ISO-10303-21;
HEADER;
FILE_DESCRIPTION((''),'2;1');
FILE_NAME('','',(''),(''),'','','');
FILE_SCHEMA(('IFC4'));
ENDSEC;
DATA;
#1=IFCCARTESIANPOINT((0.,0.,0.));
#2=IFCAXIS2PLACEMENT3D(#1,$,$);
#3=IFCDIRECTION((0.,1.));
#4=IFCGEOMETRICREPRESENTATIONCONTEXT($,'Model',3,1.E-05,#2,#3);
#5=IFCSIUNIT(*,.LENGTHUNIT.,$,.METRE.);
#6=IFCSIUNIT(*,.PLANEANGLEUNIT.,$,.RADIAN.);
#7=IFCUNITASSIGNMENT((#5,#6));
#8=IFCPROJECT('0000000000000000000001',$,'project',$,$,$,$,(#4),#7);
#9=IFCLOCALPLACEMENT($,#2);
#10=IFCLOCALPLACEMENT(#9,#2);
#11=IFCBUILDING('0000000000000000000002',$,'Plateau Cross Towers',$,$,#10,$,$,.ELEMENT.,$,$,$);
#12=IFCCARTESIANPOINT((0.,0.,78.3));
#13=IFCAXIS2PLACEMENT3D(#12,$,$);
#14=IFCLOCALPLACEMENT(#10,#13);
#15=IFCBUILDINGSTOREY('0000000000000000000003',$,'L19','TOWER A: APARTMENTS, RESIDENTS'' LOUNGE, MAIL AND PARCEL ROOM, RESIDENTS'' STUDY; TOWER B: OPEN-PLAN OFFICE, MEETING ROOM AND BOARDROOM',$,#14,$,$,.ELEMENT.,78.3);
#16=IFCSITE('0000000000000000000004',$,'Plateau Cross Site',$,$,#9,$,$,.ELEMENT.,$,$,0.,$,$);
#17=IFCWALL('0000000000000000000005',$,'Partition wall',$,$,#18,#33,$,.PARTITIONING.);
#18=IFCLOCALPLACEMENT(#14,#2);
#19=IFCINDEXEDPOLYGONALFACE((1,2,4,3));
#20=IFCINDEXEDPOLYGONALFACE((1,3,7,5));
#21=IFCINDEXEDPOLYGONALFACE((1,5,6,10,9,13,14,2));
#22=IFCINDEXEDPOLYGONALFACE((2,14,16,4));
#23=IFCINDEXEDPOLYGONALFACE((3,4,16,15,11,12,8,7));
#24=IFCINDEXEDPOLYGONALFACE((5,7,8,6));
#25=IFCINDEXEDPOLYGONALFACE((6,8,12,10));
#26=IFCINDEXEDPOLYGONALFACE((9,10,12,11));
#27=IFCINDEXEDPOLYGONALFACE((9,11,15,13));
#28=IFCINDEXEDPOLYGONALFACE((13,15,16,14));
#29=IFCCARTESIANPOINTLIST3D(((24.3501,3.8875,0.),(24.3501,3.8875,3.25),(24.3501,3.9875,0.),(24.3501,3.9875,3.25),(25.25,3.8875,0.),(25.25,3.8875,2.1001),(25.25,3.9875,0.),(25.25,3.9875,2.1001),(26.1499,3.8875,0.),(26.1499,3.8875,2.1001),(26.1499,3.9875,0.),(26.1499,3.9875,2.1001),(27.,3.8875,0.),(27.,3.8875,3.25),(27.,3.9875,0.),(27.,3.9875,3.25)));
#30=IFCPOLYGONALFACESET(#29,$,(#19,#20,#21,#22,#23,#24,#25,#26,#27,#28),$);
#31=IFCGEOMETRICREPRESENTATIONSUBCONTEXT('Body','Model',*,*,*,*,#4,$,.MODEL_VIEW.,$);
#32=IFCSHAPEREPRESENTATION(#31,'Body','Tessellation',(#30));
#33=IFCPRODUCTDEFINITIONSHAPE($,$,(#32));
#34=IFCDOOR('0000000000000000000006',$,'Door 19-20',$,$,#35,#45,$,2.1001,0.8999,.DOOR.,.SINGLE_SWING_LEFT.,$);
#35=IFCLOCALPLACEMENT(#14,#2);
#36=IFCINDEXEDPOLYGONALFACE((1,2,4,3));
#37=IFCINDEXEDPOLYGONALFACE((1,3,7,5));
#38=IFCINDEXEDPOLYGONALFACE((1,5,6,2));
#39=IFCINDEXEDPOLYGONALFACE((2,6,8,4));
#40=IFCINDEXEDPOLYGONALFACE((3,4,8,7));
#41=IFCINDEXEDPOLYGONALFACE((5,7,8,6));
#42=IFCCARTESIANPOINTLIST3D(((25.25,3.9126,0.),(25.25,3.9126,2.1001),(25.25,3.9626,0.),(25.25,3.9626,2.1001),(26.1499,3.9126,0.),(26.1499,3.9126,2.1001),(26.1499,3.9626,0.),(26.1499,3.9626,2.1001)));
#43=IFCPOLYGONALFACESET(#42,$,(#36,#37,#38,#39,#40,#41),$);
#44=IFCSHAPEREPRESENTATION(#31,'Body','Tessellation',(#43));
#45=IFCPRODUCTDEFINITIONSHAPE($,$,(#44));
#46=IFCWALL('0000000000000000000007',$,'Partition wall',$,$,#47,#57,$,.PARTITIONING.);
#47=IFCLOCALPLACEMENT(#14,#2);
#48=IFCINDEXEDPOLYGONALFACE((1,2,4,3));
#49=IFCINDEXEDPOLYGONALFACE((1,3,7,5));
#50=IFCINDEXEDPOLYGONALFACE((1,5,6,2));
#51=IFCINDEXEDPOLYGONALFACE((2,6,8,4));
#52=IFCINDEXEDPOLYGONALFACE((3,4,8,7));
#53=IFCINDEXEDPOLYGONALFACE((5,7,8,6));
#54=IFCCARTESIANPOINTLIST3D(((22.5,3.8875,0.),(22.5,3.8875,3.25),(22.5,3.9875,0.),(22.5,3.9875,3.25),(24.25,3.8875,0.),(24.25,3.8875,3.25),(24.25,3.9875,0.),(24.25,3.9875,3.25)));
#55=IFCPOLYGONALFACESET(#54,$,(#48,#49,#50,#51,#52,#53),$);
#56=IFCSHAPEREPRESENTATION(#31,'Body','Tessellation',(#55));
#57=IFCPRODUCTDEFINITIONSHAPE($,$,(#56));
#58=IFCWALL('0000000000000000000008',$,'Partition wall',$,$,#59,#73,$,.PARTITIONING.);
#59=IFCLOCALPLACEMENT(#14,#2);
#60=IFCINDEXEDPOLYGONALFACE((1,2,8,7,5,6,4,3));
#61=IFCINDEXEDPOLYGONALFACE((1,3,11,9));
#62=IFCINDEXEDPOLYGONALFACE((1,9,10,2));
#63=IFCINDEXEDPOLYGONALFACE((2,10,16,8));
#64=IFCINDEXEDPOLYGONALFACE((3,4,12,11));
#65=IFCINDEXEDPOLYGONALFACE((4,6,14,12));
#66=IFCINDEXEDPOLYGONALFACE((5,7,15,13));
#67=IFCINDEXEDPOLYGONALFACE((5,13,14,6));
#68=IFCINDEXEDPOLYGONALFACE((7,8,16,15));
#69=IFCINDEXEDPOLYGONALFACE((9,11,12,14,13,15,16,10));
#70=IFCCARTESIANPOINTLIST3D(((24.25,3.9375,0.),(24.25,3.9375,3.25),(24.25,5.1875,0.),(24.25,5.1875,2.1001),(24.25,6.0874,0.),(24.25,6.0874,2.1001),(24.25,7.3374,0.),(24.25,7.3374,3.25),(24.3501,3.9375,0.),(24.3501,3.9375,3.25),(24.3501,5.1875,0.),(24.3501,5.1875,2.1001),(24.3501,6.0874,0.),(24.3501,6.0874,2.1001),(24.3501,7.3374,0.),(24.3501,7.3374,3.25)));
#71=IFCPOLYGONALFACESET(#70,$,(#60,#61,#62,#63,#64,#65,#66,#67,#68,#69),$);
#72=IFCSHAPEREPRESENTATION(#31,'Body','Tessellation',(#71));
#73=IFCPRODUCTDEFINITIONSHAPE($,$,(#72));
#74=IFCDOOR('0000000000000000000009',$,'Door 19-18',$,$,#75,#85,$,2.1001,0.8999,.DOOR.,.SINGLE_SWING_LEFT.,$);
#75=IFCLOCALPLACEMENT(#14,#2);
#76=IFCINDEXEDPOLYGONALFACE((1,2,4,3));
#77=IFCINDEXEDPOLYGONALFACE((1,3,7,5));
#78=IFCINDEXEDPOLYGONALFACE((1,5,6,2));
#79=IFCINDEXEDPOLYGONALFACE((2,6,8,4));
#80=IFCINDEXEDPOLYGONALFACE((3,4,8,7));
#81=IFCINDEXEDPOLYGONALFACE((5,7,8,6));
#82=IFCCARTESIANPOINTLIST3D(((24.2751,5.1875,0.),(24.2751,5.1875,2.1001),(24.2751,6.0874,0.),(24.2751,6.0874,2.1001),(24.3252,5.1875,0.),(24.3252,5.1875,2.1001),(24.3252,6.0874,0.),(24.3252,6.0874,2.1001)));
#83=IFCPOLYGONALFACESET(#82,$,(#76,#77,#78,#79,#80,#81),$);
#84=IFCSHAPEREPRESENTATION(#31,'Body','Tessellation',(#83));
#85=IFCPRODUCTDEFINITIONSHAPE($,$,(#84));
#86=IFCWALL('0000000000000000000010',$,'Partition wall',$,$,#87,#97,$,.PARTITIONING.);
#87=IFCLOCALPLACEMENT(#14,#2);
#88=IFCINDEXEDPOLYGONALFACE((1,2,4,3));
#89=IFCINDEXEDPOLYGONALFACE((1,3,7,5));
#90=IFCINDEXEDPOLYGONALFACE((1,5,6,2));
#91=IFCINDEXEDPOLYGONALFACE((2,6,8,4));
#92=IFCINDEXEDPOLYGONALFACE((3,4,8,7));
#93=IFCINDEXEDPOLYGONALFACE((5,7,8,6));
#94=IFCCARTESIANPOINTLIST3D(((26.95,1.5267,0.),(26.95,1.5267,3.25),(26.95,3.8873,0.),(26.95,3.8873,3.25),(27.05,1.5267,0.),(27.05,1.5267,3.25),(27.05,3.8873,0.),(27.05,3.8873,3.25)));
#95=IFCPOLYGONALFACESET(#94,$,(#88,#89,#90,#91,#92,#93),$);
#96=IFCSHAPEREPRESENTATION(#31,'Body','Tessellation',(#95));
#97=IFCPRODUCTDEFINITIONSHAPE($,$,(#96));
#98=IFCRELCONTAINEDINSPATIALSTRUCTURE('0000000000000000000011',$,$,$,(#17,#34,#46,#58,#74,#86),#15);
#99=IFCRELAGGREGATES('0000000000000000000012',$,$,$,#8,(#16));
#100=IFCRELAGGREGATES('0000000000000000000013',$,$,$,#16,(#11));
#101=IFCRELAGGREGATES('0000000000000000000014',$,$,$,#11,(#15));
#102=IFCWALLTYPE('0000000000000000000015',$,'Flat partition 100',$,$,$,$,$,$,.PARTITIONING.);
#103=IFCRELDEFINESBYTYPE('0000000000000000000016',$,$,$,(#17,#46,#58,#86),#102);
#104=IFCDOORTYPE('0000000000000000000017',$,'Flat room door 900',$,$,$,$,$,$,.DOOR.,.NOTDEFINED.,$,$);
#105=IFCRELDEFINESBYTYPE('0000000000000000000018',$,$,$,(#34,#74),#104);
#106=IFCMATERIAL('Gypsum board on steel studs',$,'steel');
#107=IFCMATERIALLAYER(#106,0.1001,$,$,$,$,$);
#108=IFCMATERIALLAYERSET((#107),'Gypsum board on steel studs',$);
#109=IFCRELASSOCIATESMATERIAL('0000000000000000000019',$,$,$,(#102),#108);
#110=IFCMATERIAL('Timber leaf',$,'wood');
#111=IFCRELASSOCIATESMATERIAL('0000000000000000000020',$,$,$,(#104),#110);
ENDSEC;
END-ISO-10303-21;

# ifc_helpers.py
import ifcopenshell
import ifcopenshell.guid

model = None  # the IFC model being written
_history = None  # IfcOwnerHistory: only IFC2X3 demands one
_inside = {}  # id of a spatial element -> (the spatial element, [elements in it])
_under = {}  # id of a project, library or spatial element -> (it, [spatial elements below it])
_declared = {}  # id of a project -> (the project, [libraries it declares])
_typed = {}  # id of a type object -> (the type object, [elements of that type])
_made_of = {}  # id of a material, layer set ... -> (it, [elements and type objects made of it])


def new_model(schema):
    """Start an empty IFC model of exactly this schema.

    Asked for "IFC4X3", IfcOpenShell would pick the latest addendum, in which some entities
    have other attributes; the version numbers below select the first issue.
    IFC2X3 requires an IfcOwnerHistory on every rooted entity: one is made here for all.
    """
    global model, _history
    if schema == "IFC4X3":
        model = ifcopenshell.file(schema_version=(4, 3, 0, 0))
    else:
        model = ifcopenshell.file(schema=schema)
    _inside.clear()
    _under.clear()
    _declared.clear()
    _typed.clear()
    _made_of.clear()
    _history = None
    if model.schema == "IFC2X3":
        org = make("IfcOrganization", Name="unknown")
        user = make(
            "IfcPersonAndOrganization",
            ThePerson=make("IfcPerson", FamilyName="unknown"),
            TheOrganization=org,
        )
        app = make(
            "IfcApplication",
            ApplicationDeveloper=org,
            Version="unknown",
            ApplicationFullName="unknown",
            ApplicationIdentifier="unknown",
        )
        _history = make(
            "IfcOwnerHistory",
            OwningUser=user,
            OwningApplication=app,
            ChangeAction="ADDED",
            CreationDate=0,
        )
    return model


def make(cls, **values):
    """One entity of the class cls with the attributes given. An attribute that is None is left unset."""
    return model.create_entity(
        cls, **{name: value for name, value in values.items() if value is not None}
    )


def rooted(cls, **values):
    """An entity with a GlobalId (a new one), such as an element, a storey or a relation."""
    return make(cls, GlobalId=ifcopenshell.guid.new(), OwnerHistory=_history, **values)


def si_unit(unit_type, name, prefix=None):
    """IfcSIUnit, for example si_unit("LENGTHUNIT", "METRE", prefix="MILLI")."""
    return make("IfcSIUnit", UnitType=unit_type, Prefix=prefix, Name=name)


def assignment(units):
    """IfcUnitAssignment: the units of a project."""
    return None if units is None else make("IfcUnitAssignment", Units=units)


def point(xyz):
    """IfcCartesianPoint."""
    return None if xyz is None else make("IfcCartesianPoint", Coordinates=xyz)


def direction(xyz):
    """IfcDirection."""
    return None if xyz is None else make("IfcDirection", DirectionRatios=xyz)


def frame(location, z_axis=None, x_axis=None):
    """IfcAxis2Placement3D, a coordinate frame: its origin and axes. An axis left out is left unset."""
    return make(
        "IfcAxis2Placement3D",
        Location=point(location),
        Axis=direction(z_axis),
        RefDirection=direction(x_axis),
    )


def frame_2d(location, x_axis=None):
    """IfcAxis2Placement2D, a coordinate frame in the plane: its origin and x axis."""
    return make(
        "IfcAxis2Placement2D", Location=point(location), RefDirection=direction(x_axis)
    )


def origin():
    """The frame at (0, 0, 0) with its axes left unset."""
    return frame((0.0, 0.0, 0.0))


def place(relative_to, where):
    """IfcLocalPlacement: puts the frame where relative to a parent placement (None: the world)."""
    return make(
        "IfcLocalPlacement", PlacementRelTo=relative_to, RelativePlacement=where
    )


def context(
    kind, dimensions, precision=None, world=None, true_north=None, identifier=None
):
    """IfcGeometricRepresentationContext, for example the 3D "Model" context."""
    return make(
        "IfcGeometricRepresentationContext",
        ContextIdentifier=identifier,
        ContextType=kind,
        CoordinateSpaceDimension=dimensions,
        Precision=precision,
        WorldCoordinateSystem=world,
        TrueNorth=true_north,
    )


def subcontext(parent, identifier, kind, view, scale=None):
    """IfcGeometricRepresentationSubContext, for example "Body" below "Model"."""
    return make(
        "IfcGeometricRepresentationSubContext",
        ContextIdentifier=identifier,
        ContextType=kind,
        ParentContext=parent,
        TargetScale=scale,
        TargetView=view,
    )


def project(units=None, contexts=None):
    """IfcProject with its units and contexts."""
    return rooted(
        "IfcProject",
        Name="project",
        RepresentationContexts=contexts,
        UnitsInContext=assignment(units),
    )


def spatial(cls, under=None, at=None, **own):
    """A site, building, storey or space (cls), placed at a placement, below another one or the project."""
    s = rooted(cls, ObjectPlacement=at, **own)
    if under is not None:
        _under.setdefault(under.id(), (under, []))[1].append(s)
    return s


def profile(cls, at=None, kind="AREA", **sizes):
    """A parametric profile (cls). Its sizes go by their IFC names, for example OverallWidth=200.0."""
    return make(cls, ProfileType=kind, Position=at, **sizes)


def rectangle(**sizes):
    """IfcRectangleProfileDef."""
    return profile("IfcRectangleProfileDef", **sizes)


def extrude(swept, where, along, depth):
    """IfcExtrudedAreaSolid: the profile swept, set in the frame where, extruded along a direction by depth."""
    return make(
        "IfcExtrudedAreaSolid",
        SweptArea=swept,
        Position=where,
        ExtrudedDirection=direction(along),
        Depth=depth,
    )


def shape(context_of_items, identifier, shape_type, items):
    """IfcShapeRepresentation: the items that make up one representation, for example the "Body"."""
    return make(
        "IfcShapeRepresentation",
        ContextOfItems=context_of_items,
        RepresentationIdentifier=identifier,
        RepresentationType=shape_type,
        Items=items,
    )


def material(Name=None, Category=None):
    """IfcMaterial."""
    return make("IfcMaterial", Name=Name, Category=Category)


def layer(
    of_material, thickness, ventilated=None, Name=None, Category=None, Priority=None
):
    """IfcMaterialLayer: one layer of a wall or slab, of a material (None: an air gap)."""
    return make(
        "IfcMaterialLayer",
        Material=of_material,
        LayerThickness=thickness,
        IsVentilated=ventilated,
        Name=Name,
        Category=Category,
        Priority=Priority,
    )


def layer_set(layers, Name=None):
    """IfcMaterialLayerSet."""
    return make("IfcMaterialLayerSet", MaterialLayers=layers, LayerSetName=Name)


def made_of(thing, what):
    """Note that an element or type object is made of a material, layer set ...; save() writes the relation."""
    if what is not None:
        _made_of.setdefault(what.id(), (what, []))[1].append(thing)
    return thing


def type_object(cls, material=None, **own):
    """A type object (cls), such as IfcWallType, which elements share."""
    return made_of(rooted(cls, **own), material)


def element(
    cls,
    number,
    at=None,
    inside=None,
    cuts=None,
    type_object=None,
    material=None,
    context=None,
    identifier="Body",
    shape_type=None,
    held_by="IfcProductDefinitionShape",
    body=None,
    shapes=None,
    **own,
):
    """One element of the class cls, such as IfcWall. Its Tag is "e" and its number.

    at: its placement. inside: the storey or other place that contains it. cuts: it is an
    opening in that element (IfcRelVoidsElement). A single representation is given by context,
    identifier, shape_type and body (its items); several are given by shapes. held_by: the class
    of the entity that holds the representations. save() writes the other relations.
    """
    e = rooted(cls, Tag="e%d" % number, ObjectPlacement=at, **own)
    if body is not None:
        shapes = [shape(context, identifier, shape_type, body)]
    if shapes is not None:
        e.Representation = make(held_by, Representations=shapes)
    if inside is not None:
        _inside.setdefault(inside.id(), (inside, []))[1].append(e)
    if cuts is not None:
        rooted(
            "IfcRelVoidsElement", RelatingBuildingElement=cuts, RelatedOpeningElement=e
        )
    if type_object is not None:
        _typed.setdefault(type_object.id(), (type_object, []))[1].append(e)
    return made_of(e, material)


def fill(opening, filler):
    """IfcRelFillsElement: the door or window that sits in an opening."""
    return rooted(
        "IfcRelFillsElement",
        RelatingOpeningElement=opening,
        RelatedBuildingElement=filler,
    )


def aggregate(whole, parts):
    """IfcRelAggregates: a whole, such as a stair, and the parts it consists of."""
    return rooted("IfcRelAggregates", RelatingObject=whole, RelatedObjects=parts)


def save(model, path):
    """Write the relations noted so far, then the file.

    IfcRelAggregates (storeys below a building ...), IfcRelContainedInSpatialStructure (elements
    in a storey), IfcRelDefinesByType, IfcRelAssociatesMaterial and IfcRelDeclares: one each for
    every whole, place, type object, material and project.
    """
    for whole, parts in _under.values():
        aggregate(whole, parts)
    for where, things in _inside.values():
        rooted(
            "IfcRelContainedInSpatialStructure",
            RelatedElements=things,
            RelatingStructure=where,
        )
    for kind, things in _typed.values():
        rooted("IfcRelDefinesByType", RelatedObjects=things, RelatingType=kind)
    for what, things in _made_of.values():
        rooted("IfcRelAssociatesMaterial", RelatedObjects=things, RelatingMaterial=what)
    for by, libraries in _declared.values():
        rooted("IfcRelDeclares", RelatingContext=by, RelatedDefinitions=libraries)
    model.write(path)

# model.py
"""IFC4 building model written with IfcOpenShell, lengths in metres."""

from ifc_helpers import new_model, si_unit, direction, frame, frame_2d, origin, place, context, subcontext, project, spatial, rectangle, extrude, material, layer, layer_set, type_object, element, fill, save


model = new_model("IFC4")

# Units and contexts
model_context = context("Model", 3, precision=1e-05, world=origin(), true_north=direction((0.0, 1.0)))
body_context = subcontext(model_context, "Body", "Model", "MODEL_VIEW")
ifc_project = project(units=[si_unit("LENGTHUNIT", "METRE"), si_unit("PLANEANGLEUNIT", "RADIAN")], contexts=[model_context])

# Site, building, storey
site_placement = place(None, origin())
site = spatial("IfcSite", under=ifc_project, at=site_placement, Name="Plateau Cross Site", CompositionType="ELEMENT", RefElevation=0.0)
building_placement = place(site_placement, origin())
building = spatial("IfcBuilding", under=site, at=building_placement, Name="Plateau Cross Towers", CompositionType="ELEMENT")
storey_placement = place(building_placement, frame((0.0, 0.0, 78.3)))
storey = spatial("IfcBuildingStorey", under=building, at=storey_placement, Name="L19", Description="TOWER A: APARTMENTS, RESIDENTS' LOUNGE, MAIL AND PARCEL ROOM, RESIDENTS' STUDY; TOWER B: OPEN-PLAN OFFICE, MEETING ROOM AND BOARDROOM", CompositionType="ELEMENT", Elevation=78.3)

# Wall, opening, door
ifc_material_1 = material(Name="Gypsum board on steel studs", Category="steel")
ifc_layer_1 = layer(ifc_material_1, 0.1001)
ifc_layer_set_1 = layer_set([ifc_layer_1], Name="Gypsum board on steel studs")
wall_type_1 = type_object("IfcWallType", Name="Flat partition 100", PredefinedType="PARTITIONING", material=ifc_layer_set_1)
wall_1_placement = place(storey_placement, frame((27.0, 3.9375, 0.0), z_axis=(0.0, 0.0, 1.0), x_axis=(-1.0, 0.0, 0.0)))
wall_1 = element("IfcWall", 1, at=wall_1_placement, inside=storey, type_object=wall_type_1, Name="Partition wall", PredefinedType="PARTITIONING", context=body_context, shape_type="SweptSolid", body=[
    extrude(rectangle(XDim=2.6499, YDim=0.1001, at=frame_2d((1.325, 0.0))), origin(), (0.0, 0.0, 1.0), 3.25),
])
opening_1_placement = place(wall_1_placement, frame((0.8501, 0.0, 0.0)))
opening_1 = element("IfcOpeningElement", 2, at=opening_1_placement, cuts=wall_1, PredefinedType="OPENING", context=body_context, shape_type="SweptSolid", body=[
    extrude(rectangle(XDim=0.8999, YDim=2.1001, at=frame_2d((0.45, 1.05))), frame((0.0, 0.0601, 0.0), z_axis=(0.0, -1.0, 0.0), x_axis=(1.0, 0.0, 0.0)), (0.0, 0.0, 1.0), 0.1201),
])
ifc_material_2 = material(Name="Timber leaf", Category="wood")
door_type_1 = type_object("IfcDoorType", Name="Flat room door 900", OperationType="NOTDEFINED", PredefinedType="DOOR", material=ifc_material_2)
door_1_placement = place(opening_1_placement, origin())
door_1 = element("IfcDoor", 3, at=door_1_placement, inside=storey, type_object=door_type_1, Name="Door 19-20", OperationType="SINGLE_SWING_LEFT", OverallHeight=2.1001, OverallWidth=0.8999, PredefinedType="DOOR", context=body_context, shape_type="SweptSolid", body=[
    extrude(rectangle(XDim=0.8999, YDim=2.1001, at=frame_2d((0.45, 1.05))), frame((0.0, 0.0249, 0.0), z_axis=(0.0, -1.0, 0.0), x_axis=(1.0, 0.0, 0.0)), (0.0, 0.0, 1.0), 0.05),
])
fill(opening_1, door_1)

# Wall
wall_2_placement = place(storey_placement, frame((22.5, 3.9375, 0.0), z_axis=(0.0, 0.0, 1.0), x_axis=(1.0, 0.0, 0.0)))
element("IfcWall", 4, at=wall_2_placement, inside=storey, type_object=wall_type_1, Name="Partition wall", PredefinedType="PARTITIONING", context=body_context, shape_type="SweptSolid", body=[
    extrude(rectangle(XDim=1.75, YDim=0.1001, at=frame_2d((0.875, 0.0))), origin(), (0.0, 0.0, 1.0), 3.25),
])

# Wall, opening, door
wall_3_placement = place(storey_placement, frame((24.3, 3.9375, 0.0), z_axis=(0.0, 0.0, 1.0), x_axis=(0.0, 1.0, 0.0)))
wall_3 = element("IfcWall", 5, at=wall_3_placement, inside=storey, type_object=wall_type_1, Name="Partition wall", PredefinedType="PARTITIONING", context=body_context, shape_type="SweptSolid", body=[
    extrude(rectangle(XDim=3.3999, YDim=0.1001, at=frame_2d((1.7, 0.0))), origin(), (0.0, 0.0, 1.0), 3.25),
])
opening_2_placement = place(wall_3_placement, frame((1.25, 0.0, 0.0)))
opening_2 = element("IfcOpeningElement", 6, at=opening_2_placement, cuts=wall_3, PredefinedType="OPENING", context=body_context, shape_type="SweptSolid", body=[
    extrude(rectangle(XDim=0.8999, YDim=2.1001, at=frame_2d((0.45, 1.05))), frame((0.0, 0.0601, 0.0), z_axis=(0.0, -1.0, 0.0), x_axis=(1.0, 0.0, 0.0)), (0.0, 0.0, 1.0), 0.1201),
])
door_2_placement = place(opening_2_placement, origin())
door_2 = element("IfcDoor", 7, at=door_2_placement, inside=storey, type_object=door_type_1, Name="Door 19-18", OperationType="SINGLE_SWING_LEFT", OverallHeight=2.1001, OverallWidth=0.8999, PredefinedType="DOOR", context=body_context, shape_type="SweptSolid", body=[
    extrude(rectangle(XDim=0.8999, YDim=2.1001, at=frame_2d((0.45, 1.05))), frame((0.0, 0.0249, 0.0), z_axis=(0.0, -1.0, 0.0), x_axis=(1.0, 0.0, 0.0)), (0.0, 0.0, 1.0), 0.05),
])
fill(opening_2, door_2)

# Wall
wall_4_placement = place(storey_placement, frame((27.0, 1.5269, 0.0), z_axis=(0.0, 0.0, 1.0), x_axis=(0.0, 1.0, 0.0)))
element("IfcWall", 8, at=wall_4_placement, inside=storey, type_object=wall_type_1, Name="Partition wall", PredefinedType="PARTITIONING", context=body_context, shape_type="SweptSolid", body=[
    extrude(rectangle(XDim=2.3606, YDim=0.1001, at=frame_2d((1.1802, 0.0))), origin(), (0.0, 0.0, 1.0), 3.25),
])

save(model, "model.ifc")
